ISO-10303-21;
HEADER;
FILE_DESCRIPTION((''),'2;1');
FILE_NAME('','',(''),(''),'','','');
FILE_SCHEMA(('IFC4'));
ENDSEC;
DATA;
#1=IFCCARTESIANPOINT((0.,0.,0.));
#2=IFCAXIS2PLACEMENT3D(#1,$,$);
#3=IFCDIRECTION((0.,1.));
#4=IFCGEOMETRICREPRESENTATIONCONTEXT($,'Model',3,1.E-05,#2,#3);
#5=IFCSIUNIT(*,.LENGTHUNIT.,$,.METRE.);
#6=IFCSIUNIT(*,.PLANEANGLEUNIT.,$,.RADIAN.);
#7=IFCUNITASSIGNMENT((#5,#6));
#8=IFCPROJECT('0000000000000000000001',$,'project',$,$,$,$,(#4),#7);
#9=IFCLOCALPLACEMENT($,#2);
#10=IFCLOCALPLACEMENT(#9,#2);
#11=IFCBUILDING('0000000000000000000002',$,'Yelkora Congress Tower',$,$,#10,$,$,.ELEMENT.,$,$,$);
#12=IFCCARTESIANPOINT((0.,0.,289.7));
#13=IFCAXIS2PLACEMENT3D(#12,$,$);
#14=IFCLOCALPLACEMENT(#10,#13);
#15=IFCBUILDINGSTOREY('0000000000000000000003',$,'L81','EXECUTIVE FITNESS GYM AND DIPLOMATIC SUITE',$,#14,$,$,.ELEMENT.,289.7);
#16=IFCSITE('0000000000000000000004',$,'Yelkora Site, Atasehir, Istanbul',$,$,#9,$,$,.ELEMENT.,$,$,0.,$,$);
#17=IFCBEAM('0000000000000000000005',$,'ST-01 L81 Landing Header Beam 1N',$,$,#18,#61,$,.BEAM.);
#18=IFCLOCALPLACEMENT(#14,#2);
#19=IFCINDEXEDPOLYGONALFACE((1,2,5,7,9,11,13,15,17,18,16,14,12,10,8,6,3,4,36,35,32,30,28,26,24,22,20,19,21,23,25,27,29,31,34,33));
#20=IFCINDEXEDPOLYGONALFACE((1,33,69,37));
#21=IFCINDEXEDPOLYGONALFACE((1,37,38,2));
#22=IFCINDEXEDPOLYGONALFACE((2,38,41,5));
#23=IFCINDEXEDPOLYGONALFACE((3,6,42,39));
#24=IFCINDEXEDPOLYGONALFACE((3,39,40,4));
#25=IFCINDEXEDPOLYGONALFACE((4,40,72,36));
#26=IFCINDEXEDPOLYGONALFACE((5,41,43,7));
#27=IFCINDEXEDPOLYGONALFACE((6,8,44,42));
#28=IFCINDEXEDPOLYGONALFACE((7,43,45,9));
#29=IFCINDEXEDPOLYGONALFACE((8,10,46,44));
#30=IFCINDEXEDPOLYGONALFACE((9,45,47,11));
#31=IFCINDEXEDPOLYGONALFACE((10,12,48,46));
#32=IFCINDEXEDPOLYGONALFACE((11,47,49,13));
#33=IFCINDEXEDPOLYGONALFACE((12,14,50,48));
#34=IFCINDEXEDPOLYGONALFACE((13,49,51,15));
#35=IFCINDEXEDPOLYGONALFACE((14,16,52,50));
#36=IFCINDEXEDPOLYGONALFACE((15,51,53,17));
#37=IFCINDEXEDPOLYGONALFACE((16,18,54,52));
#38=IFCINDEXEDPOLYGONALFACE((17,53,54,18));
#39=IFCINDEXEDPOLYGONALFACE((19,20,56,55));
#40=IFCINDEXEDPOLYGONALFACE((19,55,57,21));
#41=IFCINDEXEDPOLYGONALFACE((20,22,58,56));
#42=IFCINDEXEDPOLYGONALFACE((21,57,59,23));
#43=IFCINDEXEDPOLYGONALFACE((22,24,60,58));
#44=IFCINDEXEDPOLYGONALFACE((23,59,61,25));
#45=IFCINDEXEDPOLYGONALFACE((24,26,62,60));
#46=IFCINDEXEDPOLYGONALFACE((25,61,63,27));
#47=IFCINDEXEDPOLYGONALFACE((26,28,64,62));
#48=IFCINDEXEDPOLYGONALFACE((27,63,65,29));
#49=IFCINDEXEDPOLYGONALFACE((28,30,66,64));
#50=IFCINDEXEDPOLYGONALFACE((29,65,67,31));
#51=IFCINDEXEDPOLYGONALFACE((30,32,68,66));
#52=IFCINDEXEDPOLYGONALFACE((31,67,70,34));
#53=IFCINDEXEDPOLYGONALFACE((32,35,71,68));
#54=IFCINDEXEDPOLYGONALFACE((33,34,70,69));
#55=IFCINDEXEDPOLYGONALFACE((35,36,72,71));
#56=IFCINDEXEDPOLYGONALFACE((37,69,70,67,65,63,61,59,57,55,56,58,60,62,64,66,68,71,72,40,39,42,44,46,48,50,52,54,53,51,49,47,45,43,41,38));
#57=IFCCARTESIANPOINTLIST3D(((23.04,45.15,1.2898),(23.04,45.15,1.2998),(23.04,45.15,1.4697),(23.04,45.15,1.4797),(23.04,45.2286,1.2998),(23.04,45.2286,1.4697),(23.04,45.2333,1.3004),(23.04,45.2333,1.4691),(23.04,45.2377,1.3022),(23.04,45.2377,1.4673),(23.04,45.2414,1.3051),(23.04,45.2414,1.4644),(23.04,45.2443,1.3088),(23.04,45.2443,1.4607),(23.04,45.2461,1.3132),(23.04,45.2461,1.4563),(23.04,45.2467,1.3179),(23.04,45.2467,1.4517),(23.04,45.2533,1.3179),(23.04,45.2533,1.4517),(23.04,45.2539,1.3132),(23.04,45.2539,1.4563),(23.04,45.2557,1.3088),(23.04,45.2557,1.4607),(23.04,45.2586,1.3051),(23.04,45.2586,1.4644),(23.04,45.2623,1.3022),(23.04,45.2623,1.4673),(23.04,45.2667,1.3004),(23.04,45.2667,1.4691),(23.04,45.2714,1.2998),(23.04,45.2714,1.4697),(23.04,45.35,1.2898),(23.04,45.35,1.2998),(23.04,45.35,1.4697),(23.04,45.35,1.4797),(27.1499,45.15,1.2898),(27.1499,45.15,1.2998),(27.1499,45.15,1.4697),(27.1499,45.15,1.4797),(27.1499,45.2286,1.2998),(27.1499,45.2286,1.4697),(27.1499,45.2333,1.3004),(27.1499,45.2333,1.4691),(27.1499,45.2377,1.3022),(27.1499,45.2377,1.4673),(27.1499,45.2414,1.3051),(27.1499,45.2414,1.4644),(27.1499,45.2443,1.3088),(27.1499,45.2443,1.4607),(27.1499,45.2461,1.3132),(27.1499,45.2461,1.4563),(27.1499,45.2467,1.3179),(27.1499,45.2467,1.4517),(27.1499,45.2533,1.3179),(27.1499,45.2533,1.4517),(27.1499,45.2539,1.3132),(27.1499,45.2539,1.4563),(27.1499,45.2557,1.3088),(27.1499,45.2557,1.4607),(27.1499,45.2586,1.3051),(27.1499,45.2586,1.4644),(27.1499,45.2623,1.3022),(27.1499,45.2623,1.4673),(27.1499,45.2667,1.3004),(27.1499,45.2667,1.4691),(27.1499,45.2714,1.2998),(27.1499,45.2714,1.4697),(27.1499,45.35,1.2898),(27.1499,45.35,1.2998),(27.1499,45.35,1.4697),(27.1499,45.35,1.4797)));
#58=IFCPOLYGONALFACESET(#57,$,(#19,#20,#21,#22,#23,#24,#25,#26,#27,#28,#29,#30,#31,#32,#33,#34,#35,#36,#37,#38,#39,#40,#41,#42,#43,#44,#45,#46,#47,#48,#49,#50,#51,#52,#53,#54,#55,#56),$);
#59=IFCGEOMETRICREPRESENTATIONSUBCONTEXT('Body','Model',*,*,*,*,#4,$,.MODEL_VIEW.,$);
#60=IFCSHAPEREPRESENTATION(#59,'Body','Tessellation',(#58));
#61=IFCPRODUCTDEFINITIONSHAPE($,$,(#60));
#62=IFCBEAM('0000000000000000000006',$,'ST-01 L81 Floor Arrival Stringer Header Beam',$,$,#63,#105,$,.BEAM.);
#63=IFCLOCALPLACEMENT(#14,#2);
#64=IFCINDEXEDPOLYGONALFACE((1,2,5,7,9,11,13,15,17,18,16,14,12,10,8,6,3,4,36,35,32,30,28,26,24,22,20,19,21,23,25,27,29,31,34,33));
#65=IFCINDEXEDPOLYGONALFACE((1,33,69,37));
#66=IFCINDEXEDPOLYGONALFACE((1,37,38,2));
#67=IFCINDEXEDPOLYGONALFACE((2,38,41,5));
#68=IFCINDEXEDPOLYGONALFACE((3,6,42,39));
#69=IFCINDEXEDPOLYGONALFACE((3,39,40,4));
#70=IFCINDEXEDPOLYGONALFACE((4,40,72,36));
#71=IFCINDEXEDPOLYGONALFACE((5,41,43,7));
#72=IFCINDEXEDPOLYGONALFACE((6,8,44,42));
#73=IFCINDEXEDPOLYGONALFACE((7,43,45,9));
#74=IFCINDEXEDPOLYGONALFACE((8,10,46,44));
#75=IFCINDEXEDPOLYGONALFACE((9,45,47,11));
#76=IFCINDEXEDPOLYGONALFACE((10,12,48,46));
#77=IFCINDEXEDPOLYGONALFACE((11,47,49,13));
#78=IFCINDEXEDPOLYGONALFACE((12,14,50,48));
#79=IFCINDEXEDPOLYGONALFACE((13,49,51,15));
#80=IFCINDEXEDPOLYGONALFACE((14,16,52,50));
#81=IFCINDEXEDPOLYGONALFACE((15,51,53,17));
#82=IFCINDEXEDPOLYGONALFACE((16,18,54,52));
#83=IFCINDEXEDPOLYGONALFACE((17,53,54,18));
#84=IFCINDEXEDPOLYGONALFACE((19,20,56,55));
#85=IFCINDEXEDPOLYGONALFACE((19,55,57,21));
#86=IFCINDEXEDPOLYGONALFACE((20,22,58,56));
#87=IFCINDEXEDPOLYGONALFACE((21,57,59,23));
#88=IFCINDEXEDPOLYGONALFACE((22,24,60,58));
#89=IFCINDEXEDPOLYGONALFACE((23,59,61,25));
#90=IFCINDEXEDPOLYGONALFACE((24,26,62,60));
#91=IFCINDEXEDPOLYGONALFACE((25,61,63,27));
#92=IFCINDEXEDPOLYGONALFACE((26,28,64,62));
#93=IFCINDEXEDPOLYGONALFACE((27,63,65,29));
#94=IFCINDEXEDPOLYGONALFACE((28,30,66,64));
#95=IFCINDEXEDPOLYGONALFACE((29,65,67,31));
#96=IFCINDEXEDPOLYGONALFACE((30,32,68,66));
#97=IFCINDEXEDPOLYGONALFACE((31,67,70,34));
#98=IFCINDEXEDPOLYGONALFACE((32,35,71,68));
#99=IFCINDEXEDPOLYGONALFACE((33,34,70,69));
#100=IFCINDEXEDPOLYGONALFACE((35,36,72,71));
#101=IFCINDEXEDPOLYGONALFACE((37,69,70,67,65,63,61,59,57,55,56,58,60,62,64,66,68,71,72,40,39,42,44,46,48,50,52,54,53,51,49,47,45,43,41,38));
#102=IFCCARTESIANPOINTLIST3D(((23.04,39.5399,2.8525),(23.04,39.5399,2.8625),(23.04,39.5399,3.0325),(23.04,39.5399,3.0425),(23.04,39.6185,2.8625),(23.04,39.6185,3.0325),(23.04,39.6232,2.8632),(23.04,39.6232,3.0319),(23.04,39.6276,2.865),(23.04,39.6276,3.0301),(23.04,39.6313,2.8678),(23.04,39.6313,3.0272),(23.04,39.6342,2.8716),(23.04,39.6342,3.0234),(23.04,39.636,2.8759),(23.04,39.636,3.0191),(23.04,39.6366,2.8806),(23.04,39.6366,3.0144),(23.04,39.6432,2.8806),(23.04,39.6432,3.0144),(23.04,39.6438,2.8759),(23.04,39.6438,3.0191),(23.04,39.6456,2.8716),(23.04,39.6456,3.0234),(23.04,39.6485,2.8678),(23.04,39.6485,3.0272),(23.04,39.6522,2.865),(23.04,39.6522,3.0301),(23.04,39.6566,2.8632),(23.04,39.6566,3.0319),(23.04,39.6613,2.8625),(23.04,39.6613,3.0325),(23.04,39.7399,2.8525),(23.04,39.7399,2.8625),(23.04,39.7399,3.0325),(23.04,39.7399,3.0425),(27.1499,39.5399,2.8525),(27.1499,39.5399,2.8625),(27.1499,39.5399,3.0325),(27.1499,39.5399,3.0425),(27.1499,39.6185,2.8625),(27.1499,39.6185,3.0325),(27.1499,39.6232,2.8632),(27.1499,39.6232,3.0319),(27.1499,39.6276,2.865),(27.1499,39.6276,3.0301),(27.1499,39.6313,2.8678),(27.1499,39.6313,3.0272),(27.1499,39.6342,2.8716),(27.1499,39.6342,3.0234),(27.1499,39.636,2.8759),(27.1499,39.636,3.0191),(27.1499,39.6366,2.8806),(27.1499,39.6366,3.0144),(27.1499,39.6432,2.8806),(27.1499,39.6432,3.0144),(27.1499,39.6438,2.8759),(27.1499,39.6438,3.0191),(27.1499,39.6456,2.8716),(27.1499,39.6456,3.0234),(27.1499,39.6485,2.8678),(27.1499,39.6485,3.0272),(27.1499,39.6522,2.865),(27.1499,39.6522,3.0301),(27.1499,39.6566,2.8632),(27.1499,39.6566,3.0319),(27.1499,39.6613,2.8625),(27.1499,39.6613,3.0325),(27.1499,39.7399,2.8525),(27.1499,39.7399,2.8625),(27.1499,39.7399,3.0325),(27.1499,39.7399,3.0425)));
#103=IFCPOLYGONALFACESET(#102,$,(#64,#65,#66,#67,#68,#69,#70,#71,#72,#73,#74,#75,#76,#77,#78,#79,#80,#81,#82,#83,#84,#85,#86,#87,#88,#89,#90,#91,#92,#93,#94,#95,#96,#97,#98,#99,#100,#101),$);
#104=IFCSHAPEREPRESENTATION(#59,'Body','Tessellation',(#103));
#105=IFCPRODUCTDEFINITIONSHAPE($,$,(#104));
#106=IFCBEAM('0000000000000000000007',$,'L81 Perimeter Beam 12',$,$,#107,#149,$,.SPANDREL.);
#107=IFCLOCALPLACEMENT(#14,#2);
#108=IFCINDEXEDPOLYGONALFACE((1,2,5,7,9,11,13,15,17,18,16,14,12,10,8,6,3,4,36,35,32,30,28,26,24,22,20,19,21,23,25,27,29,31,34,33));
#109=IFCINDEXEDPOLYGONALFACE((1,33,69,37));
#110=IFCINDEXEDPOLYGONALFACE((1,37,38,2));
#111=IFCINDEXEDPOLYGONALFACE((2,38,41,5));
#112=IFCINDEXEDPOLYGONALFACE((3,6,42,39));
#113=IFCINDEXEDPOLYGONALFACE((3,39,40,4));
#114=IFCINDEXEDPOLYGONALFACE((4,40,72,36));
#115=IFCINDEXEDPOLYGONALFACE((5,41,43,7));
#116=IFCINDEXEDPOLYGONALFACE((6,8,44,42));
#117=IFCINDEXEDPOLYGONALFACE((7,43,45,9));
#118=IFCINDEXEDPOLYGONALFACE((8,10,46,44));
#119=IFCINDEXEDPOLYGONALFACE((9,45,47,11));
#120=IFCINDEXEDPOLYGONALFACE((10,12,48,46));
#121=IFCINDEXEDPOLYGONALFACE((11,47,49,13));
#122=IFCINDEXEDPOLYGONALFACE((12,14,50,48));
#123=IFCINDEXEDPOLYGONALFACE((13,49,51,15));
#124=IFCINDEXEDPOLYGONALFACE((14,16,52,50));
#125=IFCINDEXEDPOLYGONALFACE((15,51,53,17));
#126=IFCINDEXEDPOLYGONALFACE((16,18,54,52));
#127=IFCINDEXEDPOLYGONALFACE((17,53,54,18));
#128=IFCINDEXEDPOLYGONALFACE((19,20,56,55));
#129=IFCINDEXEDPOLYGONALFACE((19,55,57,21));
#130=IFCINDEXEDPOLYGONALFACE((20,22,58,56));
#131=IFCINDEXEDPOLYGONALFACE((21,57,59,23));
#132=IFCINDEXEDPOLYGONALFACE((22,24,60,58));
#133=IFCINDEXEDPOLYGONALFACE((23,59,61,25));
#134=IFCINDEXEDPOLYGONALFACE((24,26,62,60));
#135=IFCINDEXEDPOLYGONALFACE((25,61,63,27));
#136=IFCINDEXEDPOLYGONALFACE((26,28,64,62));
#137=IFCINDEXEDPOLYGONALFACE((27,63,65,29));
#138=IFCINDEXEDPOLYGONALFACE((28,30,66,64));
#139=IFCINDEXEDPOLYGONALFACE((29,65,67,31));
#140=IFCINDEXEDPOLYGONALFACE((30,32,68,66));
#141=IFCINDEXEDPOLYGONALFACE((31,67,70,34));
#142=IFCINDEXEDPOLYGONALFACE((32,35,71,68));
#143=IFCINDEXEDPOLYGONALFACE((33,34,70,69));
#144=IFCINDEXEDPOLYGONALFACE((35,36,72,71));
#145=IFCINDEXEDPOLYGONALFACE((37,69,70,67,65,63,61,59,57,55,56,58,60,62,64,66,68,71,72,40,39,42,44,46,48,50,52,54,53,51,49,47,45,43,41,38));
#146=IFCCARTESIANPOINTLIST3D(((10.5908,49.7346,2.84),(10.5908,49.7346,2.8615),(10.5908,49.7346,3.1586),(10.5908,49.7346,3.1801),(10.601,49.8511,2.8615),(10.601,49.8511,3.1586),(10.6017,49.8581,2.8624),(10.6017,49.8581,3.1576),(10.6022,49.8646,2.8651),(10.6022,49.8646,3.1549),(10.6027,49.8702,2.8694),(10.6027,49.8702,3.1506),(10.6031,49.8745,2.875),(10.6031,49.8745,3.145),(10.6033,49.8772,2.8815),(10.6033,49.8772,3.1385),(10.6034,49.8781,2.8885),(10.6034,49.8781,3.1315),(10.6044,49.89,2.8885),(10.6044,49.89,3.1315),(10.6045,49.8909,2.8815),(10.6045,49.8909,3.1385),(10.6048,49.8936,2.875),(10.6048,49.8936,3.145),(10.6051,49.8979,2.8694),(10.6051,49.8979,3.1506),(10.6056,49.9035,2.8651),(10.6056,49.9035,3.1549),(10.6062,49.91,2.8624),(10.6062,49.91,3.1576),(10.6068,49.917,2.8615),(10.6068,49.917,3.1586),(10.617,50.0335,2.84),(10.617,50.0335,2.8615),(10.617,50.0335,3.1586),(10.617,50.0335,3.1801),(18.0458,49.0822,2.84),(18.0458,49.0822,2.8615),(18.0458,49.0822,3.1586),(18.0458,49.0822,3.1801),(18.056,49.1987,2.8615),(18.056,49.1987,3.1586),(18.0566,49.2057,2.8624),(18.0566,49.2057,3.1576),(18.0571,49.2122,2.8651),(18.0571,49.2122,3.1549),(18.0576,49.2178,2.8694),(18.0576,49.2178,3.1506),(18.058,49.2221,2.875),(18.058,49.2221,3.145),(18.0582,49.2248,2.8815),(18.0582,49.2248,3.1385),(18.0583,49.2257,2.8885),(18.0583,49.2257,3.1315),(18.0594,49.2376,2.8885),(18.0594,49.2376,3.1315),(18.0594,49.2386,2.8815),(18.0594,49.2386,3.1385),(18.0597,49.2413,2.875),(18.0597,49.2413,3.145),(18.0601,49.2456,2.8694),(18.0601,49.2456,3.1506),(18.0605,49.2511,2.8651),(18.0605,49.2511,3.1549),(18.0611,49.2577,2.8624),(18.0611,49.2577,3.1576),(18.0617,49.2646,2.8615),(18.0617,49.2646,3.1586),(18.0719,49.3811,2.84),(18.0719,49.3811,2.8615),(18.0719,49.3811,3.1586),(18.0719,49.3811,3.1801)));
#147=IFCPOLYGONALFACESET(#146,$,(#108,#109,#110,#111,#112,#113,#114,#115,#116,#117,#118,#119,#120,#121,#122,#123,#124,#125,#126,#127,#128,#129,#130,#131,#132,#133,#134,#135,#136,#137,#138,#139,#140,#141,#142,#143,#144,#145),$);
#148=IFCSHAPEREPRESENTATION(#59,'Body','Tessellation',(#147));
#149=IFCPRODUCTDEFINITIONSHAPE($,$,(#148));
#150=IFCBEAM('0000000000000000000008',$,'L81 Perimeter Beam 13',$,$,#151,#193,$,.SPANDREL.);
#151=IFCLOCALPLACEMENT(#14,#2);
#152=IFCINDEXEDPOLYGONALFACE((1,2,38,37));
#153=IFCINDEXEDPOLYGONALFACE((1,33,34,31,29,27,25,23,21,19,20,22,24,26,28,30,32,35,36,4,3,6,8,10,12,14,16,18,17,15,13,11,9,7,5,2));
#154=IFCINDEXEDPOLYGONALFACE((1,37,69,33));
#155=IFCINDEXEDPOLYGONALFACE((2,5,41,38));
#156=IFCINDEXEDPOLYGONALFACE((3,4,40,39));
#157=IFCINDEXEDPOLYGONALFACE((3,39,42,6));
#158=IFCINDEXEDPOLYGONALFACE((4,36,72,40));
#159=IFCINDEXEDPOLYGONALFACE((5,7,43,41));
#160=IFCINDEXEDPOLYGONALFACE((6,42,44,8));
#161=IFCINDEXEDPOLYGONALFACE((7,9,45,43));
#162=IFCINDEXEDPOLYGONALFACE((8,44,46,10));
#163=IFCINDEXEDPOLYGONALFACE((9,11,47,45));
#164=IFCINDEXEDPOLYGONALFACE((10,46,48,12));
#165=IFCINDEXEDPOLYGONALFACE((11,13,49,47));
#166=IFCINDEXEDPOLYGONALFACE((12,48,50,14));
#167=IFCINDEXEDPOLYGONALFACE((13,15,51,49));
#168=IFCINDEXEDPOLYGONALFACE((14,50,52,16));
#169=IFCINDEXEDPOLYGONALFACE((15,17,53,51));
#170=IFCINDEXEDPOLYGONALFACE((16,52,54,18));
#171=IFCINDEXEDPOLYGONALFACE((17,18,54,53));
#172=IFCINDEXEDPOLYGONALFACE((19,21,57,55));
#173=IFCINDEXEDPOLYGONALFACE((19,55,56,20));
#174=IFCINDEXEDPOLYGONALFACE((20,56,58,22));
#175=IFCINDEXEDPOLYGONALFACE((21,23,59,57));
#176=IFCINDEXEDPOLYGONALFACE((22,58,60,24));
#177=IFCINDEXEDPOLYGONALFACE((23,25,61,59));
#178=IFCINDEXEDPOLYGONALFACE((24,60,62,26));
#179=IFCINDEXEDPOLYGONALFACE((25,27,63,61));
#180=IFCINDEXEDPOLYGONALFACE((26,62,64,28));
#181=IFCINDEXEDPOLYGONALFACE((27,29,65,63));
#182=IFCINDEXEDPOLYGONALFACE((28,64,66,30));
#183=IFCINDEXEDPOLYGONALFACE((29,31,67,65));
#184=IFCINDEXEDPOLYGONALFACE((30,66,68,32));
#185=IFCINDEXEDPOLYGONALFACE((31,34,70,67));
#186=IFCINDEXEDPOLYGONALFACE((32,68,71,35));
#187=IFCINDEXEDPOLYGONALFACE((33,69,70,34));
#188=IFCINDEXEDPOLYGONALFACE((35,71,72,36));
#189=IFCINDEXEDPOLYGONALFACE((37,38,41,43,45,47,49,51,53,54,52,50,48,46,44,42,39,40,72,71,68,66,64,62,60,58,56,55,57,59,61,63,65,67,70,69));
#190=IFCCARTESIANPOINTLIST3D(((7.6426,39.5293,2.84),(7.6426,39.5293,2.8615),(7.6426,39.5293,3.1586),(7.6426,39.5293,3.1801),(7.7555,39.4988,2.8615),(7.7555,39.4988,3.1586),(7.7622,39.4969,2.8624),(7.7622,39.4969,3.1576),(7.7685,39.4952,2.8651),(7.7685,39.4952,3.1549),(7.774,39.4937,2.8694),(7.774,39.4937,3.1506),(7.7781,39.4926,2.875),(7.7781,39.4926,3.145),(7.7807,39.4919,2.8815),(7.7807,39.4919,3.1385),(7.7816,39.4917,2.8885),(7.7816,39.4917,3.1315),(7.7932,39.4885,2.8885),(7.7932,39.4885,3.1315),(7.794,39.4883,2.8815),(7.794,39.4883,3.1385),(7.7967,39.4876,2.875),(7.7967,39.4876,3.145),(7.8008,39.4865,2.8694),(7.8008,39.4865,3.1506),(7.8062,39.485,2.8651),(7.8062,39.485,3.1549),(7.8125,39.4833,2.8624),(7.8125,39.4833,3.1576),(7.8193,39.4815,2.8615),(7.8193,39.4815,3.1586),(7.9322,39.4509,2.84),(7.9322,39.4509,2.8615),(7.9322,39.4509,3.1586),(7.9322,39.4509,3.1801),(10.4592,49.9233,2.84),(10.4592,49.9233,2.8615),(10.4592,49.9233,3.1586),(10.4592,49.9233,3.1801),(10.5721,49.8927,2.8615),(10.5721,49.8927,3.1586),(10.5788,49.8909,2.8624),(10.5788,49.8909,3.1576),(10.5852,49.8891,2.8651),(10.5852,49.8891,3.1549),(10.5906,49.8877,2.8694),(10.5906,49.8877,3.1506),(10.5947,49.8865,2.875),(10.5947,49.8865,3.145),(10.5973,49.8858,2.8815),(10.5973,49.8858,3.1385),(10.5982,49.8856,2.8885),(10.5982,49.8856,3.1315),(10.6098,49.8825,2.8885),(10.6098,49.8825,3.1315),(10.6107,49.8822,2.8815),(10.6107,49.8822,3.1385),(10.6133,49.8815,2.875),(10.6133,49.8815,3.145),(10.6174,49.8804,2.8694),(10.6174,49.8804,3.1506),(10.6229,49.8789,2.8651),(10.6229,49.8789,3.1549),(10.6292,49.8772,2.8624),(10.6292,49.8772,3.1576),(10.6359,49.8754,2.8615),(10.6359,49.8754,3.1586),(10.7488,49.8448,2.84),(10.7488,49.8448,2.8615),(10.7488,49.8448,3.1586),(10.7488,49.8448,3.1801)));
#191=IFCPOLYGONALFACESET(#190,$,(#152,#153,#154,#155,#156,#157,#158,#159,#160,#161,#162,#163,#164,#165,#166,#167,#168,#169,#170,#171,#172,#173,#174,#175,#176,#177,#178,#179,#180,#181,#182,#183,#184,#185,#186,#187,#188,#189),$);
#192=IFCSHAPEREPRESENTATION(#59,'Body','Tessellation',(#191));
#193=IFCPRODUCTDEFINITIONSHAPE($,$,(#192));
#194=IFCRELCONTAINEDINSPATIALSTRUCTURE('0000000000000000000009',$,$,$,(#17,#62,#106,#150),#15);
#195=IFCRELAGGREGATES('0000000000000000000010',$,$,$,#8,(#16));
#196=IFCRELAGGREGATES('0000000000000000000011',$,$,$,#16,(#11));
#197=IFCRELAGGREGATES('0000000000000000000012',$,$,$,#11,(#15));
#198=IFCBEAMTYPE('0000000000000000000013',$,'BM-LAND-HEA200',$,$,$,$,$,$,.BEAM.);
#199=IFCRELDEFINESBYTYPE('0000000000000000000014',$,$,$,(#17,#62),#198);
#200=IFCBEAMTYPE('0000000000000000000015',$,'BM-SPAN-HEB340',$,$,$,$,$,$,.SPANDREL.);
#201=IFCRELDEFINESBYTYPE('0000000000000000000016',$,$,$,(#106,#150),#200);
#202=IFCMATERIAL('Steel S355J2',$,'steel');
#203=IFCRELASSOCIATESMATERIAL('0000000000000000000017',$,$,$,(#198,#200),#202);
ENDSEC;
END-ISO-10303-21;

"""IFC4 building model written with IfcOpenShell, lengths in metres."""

from ifc_helpers import new_model, si_unit, direction, frame, origin, origin_2d, place, context, subcontext, project, spatial, i_section, extrude, material, material_profile, profile_set, type_object, element, save


model = new_model("IFC4")

# Units and contexts
model_context = context("Model", 3, precision=1e-05, world=origin(), true_north=direction((0.0, 1.0)))
body_context = subcontext(model_context, "Body", "Model", "MODEL_VIEW")
ifc_project = project(units=[si_unit("LENGTHUNIT", "METRE"), si_unit("PLANEANGLEUNIT", "RADIAN")], contexts=[model_context])

# Site, building, storey
site_placement = place(None, origin())
site = spatial("IfcSite", under=ifc_project, at=site_placement, Name="Yelkora Site, Atasehir, Istanbul", CompositionType="ELEMENT", RefElevation=0.0)
building_placement = place(site_placement, origin())
building = spatial("IfcBuilding", under=site, at=building_placement, Name="Yelkora Congress Tower", CompositionType="ELEMENT")
storey_placement = place(building_placement, frame((0.0, 0.0, 289.7)))
storey = spatial("IfcBuildingStorey", under=building, at=storey_placement, Name="L81", Description="EXECUTIVE FITNESS GYM AND DIPLOMATIC SUITE", CompositionType="ELEMENT", Elevation=289.7)

# Shared definitions
ifc_material_1 = material(Name="Steel S355J2", Category="steel")

# Beams
ifc_material_profile_1 = material_profile(ifc_material_1, i_section(OverallWidth=0.2, OverallDepth=0.1899, WebThickness=0.0066, FlangeThickness=0.01, FilletRadius=0.0181, at=origin_2d()), Name="HEA 200")
ifc_profile_set_1 = profile_set([ifc_material_profile_1], Name="Steel S355J2")
beam_type_1 = type_object("IfcBeamType", Name="BM-LAND-HEA200", PredefinedType="BEAM", material=ifc_profile_set_1)
for number, where, z_axis, x_axis, name in (
    (1, (23.04, 45.25, 1.3848), (1.0, 0.0, 0.0), (0.0, 1.0, 0.0), "ST-01 L81 Landing Header Beam 1N"),
    (2, (23.04, 39.6399, 2.9475), (1.0, 0.0, 0.0), (0.0, 1.0, 0.0), "ST-01 L81 Floor Arrival Stringer Header Beam"),
):
    element("IfcBeam", number, at=place(storey_placement, frame(where, z_axis=z_axis, x_axis=x_axis)), inside=storey, type_object=beam_type_1, Name=name, PredefinedType="BEAM", context=body_context, shape_type="SweptSolid", body=[
        extrude(i_section(OverallWidth=0.2, OverallDepth=0.1899, WebThickness=0.0066, FlangeThickness=0.01, FilletRadius=0.0181, at=origin_2d()), origin(), (0.0, 0.0, 1.0), 4.1099),
    ])
ifc_material_profile_2 = material_profile(ifc_material_1, i_section(OverallWidth=0.3, OverallDepth=0.3401, WebThickness=0.012, FlangeThickness=0.0215, FilletRadius=0.0271, at=origin_2d()), Name="HEB 340")
ifc_profile_set_2 = profile_set([ifc_material_profile_2], Name="Steel S355J2")
beam_type_2 = type_object("IfcBeamType", Name="BM-SPAN-HEB340", PredefinedType="SPANDREL", material=ifc_profile_set_2)
beam_1_placement = place(storey_placement, frame((18.0588, 49.2317, 3.01), z_axis=(-0.996193, 0.087173, 0.0), x_axis=(-0.087173, -0.996193, 0.0)))
element("IfcBeam", 3, at=beam_1_placement, inside=storey, type_object=beam_type_2, Name="L81 Perimeter Beam 12", PredefinedType="SPANDREL", context=body_context, shape_type="SweptSolid", body=[
    extrude(i_section(OverallWidth=0.3, OverallDepth=0.3401, WebThickness=0.012, FlangeThickness=0.0215, FilletRadius=0.0271, at=origin_2d()), origin(), (0.0, 0.0, 1.0), 7.4834),
])
beam_2_placement = place(storey_placement, frame((10.604, 49.884, 3.01), z_axis=(-0.261554, -0.965189, 0.0), x_axis=(0.965189, -0.261554, 0.0)))
element("IfcBeam", 4, at=beam_2_placement, inside=storey, type_object=beam_type_2, Name="L81 Perimeter Beam 13", PredefinedType="SPANDREL", context=body_context, shape_type="SweptSolid", body=[
    extrude(i_section(OverallWidth=0.3, OverallDepth=0.3401, WebThickness=0.012, FlangeThickness=0.0215, FilletRadius=0.0271, at=origin_2d()), origin(), (0.0, 0.0, 1.0), 10.7688),
])

save(model, "model.ifc")
